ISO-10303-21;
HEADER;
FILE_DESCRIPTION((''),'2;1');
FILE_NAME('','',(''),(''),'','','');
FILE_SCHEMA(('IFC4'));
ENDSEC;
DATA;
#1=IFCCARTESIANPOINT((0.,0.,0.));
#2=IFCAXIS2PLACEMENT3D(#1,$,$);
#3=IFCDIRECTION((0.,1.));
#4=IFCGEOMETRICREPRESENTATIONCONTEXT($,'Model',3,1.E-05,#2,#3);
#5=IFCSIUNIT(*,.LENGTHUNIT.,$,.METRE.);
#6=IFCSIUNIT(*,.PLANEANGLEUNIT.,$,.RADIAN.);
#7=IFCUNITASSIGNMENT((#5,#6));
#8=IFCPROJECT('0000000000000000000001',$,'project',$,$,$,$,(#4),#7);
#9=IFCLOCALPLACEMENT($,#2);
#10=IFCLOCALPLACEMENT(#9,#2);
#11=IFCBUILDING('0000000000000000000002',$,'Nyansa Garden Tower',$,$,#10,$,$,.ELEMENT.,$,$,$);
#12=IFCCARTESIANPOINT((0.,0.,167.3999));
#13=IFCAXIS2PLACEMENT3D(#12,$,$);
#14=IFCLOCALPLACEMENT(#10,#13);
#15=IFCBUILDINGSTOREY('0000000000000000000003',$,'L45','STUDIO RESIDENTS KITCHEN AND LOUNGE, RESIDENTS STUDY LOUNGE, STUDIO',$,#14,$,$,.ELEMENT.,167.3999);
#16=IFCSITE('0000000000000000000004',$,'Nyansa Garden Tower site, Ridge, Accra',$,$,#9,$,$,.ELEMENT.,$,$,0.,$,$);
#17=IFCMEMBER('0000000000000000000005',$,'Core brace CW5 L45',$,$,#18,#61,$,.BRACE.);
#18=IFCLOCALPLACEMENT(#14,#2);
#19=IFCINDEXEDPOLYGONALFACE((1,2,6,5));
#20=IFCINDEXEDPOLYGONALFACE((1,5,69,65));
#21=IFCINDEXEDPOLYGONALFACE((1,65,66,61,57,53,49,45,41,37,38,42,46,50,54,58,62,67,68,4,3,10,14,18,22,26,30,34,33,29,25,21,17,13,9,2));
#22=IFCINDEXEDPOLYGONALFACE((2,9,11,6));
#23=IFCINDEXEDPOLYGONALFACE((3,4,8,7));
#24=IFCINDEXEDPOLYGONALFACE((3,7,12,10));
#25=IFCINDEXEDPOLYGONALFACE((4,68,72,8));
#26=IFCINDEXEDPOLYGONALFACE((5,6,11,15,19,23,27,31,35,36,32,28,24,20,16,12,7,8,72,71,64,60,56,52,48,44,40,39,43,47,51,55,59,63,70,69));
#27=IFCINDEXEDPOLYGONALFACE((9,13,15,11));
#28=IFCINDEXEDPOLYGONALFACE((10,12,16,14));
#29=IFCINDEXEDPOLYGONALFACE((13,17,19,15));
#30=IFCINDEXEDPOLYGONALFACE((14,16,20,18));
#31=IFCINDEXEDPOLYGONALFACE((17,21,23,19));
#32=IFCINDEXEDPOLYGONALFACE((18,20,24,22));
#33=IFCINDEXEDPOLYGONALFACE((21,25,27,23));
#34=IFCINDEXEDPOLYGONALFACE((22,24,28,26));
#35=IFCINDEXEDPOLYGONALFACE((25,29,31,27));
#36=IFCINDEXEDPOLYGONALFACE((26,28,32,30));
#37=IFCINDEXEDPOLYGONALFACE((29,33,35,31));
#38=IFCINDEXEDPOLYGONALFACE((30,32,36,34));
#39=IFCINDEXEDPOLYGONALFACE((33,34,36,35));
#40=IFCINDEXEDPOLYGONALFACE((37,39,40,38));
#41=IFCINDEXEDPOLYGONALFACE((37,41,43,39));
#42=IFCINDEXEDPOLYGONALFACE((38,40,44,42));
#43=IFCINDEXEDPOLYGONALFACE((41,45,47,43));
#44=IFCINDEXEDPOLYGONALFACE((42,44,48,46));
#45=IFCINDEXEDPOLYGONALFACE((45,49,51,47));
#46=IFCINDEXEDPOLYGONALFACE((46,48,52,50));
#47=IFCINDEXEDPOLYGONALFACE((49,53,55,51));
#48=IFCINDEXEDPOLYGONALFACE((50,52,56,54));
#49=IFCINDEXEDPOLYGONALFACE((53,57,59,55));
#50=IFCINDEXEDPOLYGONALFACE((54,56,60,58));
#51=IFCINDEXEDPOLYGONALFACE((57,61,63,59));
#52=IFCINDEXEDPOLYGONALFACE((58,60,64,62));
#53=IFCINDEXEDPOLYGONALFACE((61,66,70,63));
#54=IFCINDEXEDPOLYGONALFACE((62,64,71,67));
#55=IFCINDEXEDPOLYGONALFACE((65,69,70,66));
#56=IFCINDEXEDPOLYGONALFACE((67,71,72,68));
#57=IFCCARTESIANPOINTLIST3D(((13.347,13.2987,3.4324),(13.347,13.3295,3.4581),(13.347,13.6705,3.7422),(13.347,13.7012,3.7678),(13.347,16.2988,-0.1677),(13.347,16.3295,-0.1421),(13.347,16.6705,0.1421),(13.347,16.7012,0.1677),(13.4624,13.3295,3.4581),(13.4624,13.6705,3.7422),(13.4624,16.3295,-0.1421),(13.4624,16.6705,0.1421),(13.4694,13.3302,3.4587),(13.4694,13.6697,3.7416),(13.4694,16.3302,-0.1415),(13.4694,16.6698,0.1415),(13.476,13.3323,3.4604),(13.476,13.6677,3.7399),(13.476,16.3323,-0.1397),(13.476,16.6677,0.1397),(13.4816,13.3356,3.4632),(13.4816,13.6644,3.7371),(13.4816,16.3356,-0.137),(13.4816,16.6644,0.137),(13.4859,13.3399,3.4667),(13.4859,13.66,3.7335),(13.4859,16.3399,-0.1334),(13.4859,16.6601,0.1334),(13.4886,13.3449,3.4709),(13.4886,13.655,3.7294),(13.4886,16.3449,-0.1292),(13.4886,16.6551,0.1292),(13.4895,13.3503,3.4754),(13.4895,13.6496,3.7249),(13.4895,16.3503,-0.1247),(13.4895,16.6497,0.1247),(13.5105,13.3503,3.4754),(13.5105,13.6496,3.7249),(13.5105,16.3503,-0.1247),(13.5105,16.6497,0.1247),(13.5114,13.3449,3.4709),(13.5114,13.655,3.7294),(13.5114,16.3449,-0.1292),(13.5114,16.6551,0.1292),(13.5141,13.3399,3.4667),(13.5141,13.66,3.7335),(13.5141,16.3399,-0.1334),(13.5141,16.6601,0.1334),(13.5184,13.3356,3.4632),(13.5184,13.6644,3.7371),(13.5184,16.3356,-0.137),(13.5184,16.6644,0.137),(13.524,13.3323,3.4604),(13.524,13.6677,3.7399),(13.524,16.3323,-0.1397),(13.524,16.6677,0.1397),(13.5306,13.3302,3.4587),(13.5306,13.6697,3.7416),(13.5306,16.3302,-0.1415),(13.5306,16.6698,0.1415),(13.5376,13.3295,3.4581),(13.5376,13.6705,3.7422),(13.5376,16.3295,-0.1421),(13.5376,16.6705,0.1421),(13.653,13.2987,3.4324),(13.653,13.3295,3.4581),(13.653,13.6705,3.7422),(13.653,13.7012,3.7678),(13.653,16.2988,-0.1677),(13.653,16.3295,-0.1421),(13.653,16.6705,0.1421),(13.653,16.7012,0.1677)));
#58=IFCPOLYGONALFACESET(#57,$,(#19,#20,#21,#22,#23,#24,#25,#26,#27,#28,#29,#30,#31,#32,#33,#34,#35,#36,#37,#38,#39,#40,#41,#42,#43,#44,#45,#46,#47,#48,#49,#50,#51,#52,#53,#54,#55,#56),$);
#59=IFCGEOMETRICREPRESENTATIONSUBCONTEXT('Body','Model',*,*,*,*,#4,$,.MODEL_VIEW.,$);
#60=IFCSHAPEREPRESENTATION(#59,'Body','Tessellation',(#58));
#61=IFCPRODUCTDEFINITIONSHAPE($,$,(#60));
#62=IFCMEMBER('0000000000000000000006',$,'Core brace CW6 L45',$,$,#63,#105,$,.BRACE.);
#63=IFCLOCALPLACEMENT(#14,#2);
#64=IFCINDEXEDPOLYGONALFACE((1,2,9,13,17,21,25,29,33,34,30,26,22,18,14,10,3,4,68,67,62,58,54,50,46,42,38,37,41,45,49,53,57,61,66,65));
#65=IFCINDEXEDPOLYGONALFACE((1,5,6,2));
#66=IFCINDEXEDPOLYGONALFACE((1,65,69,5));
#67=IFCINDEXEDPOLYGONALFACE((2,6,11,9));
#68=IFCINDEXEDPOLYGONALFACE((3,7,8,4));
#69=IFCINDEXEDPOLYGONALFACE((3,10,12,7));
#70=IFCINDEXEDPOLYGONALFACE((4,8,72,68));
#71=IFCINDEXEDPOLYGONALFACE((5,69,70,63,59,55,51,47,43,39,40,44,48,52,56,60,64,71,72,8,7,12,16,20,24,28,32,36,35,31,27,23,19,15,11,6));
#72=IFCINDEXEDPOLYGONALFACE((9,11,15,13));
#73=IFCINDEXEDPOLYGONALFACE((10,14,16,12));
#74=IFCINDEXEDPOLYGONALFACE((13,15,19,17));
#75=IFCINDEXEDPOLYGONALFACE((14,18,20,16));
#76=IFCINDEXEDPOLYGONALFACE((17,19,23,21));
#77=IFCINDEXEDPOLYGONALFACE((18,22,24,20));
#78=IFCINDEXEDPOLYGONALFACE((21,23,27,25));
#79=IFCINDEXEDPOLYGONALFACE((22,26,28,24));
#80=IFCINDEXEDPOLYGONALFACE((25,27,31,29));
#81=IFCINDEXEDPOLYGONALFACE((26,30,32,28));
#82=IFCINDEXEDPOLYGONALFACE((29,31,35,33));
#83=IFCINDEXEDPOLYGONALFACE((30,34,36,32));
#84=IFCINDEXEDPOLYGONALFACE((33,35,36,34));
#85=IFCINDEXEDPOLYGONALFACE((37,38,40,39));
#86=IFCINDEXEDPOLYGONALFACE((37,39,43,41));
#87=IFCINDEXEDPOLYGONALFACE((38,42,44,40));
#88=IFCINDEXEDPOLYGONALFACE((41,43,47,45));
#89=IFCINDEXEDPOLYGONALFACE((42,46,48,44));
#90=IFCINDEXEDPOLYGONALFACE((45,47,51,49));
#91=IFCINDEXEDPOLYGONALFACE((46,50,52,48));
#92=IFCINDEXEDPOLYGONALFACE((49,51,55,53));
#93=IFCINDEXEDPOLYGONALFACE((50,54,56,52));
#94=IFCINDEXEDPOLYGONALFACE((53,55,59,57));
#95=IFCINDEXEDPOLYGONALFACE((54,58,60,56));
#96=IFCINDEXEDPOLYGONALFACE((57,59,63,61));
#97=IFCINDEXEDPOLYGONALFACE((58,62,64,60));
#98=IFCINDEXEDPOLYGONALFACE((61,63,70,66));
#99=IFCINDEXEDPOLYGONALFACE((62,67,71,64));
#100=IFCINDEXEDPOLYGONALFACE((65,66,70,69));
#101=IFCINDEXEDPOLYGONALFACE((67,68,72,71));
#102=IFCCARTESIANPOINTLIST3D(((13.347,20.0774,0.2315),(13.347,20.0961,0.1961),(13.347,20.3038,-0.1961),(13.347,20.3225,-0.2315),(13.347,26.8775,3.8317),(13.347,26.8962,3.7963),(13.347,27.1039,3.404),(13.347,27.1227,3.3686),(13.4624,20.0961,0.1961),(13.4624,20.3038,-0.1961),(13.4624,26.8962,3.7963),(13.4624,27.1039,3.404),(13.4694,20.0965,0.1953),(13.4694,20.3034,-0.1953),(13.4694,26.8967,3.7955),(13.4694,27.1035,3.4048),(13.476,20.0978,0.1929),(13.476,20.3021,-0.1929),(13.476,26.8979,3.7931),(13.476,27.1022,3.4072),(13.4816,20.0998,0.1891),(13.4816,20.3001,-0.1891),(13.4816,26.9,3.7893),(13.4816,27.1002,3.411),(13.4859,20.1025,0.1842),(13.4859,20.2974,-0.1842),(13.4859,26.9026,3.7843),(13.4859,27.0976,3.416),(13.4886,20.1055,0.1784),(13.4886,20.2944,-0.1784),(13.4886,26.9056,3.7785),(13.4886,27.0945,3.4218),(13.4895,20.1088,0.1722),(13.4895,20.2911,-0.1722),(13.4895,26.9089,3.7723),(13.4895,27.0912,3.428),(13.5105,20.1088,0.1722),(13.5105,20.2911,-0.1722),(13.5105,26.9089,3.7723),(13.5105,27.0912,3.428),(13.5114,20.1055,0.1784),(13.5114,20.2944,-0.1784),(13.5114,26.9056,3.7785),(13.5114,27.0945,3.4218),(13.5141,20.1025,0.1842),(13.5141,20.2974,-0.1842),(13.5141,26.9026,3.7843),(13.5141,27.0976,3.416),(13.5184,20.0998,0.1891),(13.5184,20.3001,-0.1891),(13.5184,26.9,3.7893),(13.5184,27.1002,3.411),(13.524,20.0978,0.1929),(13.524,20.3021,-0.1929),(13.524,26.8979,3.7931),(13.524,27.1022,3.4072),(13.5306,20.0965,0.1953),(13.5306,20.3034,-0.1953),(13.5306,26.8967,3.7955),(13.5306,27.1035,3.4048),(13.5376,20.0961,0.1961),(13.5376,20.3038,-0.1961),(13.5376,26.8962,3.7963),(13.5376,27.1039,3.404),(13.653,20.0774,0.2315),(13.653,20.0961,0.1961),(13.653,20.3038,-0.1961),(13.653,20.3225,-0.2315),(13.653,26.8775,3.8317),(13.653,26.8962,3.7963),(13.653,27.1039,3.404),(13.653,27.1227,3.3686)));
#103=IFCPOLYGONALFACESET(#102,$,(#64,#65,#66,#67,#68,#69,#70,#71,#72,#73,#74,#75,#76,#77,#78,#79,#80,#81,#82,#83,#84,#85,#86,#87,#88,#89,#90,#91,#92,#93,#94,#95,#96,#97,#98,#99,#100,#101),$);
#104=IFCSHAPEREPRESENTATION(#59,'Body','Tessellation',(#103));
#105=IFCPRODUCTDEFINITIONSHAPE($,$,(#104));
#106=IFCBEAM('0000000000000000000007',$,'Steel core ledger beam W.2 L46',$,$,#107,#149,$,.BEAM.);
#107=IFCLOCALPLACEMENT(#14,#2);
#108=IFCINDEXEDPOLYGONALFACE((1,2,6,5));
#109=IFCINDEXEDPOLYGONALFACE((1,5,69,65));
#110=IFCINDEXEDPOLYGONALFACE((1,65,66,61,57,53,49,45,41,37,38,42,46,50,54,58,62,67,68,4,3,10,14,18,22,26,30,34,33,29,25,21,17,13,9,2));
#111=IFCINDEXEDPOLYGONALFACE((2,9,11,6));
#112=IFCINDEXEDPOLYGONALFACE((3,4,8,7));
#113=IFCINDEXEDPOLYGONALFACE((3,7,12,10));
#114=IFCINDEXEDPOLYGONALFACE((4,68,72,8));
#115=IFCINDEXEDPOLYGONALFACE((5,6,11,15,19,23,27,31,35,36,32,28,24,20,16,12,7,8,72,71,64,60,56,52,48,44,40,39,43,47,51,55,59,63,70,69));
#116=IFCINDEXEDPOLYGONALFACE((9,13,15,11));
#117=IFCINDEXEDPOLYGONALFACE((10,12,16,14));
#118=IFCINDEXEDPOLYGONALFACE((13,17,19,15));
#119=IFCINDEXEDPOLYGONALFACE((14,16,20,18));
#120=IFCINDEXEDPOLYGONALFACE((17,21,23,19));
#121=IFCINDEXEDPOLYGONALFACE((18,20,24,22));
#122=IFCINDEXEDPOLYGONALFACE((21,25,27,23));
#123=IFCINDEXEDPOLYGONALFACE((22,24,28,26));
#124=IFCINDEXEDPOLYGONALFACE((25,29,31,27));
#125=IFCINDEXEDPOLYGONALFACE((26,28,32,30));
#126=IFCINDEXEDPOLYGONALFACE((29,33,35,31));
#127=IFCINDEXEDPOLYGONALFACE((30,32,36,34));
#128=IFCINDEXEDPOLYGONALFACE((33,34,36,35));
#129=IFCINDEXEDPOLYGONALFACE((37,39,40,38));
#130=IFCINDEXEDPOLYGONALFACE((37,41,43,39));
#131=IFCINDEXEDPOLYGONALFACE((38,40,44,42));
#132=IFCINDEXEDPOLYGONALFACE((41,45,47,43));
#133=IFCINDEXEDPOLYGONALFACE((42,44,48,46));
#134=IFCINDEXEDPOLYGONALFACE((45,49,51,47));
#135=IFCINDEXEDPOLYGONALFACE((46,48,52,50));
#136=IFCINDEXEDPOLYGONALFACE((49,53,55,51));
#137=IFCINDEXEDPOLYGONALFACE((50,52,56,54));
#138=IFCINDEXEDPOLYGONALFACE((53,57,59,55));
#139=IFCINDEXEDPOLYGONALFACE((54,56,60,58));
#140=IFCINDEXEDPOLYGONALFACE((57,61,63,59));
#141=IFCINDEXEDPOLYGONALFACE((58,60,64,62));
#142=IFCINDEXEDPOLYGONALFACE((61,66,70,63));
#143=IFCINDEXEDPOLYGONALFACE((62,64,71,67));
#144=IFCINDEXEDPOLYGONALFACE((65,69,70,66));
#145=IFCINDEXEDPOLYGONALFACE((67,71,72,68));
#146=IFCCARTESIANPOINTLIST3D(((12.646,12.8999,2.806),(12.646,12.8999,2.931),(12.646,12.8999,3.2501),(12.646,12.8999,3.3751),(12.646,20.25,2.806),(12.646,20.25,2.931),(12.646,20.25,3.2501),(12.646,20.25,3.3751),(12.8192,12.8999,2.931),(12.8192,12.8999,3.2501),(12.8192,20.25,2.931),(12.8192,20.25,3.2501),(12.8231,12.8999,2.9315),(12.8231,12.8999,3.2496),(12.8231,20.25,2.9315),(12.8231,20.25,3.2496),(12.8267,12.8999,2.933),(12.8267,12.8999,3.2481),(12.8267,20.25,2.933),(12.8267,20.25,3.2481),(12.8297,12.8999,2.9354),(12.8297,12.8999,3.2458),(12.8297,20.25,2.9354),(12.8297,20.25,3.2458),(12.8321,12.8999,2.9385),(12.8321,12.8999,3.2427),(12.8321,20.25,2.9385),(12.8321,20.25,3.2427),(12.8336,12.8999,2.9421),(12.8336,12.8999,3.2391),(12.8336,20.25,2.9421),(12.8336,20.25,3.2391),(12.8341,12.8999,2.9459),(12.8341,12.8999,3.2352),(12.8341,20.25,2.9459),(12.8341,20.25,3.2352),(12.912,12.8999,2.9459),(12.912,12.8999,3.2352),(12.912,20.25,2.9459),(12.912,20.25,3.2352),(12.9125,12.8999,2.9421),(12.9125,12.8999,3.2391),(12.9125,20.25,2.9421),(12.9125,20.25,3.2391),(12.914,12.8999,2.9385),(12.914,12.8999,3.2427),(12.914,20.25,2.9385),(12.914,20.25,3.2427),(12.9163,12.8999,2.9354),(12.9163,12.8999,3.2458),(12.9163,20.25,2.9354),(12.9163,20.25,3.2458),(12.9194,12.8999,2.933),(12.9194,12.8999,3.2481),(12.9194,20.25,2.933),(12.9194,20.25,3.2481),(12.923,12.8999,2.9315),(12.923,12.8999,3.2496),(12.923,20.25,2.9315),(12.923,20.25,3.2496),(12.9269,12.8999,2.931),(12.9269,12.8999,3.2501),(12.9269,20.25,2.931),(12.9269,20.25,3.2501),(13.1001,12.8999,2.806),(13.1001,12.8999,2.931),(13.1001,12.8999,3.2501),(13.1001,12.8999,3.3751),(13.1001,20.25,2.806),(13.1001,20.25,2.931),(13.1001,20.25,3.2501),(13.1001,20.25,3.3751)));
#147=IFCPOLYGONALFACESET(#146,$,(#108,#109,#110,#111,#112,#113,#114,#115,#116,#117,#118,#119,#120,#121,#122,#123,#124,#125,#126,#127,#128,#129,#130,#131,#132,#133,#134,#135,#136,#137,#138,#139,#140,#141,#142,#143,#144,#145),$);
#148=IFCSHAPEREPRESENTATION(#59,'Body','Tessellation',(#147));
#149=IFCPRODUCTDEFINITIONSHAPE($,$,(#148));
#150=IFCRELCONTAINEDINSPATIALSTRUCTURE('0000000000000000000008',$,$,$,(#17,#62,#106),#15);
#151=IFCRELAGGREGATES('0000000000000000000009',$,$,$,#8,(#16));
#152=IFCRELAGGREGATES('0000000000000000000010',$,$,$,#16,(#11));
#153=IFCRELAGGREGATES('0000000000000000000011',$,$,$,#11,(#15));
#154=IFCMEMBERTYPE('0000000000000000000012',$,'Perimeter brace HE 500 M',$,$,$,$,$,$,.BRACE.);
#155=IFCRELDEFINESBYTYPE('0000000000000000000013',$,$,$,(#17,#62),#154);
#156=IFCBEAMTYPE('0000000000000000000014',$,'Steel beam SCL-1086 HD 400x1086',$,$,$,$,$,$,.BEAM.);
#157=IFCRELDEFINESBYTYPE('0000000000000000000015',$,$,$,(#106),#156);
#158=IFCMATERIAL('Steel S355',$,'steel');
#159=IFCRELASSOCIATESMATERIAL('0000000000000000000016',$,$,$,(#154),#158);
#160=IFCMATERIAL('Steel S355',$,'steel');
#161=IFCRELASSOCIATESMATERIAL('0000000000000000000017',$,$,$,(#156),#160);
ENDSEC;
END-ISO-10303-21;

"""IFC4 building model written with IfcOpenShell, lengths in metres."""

from ifc_helpers import new_model, si_unit, direction, frame, origin, origin_2d, place, context, subcontext, project, spatial, i_section, extrude, material, material_profile, profile_set, type_object, element, save


model = new_model("IFC4")

# Units and contexts
model_context = context("Model", 3, precision=1e-05, world=origin(), true_north=direction((0.0, 1.0)))
body_context = subcontext(model_context, "Body", "Model", "MODEL_VIEW")
ifc_project = project(units=[si_unit("LENGTHUNIT", "METRE"), si_unit("PLANEANGLEUNIT", "RADIAN")], contexts=[model_context])

# Site, building, storey
site_placement = place(None, origin())
site = spatial("IfcSite", under=ifc_project, at=site_placement, Name="Nyansa Garden Tower site, Ridge, Accra", CompositionType="ELEMENT", RefElevation=0.0)
building_placement = place(site_placement, origin())
building = spatial("IfcBuilding", under=site, at=building_placement, Name="Nyansa Garden Tower", CompositionType="ELEMENT")
storey_placement = place(building_placement, frame((0.0, 0.0, 167.3999)))
storey = spatial("IfcBuildingStorey", under=building, at=storey_placement, Name="L45", Description="STUDIO RESIDENTS KITCHEN AND LOUNGE, RESIDENTS STUDY LOUNGE, STUDIO", CompositionType="ELEMENT", Elevation=167.3999)

# Members
ifc_material_1 = material(Name="Steel S355", Category="steel")
ifc_material_profile_1 = material_profile(ifc_material_1, i_section(OverallWidth=0.3059, OverallDepth=0.5239, WebThickness=0.021, FlangeThickness=0.04, FilletRadius=0.0271, at=origin_2d()), Name="HE 500 M")
ifc_profile_set_1 = profile_set([ifc_material_profile_1], Name="Steel S355")
member_type = type_object("IfcMemberType", Name="Perimeter brace HE 500 M", PredefinedType="BRACE", material=ifc_profile_set_1)
member_1_placement = place(storey_placement, frame((13.5, 16.5, 0.0), z_axis=(0.0, -0.640174, 0.76823), x_axis=(1.0, 0.0, 0.0)))
element("IfcMember", 1, at=member_1_placement, inside=storey, type_object=member_type, Name="Core brace CW5 L45", PredefinedType="BRACE", context=body_context, shape_type="SweptSolid", body=[
    extrude(i_section(OverallWidth=0.3059, OverallDepth=0.5239, WebThickness=0.021, FlangeThickness=0.04, FilletRadius=0.0271, at=origin_2d()), origin(), (0.0, 0.0, 1.0), 4.6863),
])
member_2_placement = place(storey_placement, frame((13.5, 20.2, 0.0), z_axis=(0.0, 0.883784, 0.467895), x_axis=(-1.0, 0.0, 0.0)))
element("IfcMember", 2, at=member_2_placement, inside=storey, type_object=member_type, Name="Core brace CW6 L45", PredefinedType="BRACE", context=body_context, shape_type="SweptSolid", body=[
    extrude(i_section(OverallWidth=0.3059, OverallDepth=0.5239, WebThickness=0.021, FlangeThickness=0.04, FilletRadius=0.0271, at=origin_2d()), origin(), (0.0, 0.0, 1.0), 7.6943),
])

# Beam
ifc_material_2 = material(Name="Steel S355", Category="steel")
ifc_material_profile_2 = material_profile(ifc_material_2, i_section(OverallWidth=0.4541, OverallDepth=0.5691, WebThickness=0.0779, FlangeThickness=0.125, FilletRadius=0.0149, at=origin_2d()), Name="HD 400x1086")
ifc_profile_set_2 = profile_set([ifc_material_profile_2], Name="Steel S355")
beam_type = type_object("IfcBeamType", Name="Steel beam SCL-1086 HD 400x1086", PredefinedType="BEAM", material=ifc_profile_set_2)
beam_placement = place(storey_placement, frame((12.873, 20.25, 3.0906), z_axis=(0.0, -1.0, 0.0), x_axis=(1.0, 0.0, 0.0)))
element("IfcBeam", 3, at=beam_placement, inside=storey, type_object=beam_type, Name="Steel core ledger beam W.2 L46", PredefinedType="BEAM", context=body_context, shape_type="SweptSolid", body=[
    extrude(i_section(OverallWidth=0.4541, OverallDepth=0.5691, WebThickness=0.0779, FlangeThickness=0.125, FilletRadius=0.0149, at=origin_2d()), origin(), (0.0, 0.0, 1.0), 7.3501),
])

save(model, "model.ifc")
